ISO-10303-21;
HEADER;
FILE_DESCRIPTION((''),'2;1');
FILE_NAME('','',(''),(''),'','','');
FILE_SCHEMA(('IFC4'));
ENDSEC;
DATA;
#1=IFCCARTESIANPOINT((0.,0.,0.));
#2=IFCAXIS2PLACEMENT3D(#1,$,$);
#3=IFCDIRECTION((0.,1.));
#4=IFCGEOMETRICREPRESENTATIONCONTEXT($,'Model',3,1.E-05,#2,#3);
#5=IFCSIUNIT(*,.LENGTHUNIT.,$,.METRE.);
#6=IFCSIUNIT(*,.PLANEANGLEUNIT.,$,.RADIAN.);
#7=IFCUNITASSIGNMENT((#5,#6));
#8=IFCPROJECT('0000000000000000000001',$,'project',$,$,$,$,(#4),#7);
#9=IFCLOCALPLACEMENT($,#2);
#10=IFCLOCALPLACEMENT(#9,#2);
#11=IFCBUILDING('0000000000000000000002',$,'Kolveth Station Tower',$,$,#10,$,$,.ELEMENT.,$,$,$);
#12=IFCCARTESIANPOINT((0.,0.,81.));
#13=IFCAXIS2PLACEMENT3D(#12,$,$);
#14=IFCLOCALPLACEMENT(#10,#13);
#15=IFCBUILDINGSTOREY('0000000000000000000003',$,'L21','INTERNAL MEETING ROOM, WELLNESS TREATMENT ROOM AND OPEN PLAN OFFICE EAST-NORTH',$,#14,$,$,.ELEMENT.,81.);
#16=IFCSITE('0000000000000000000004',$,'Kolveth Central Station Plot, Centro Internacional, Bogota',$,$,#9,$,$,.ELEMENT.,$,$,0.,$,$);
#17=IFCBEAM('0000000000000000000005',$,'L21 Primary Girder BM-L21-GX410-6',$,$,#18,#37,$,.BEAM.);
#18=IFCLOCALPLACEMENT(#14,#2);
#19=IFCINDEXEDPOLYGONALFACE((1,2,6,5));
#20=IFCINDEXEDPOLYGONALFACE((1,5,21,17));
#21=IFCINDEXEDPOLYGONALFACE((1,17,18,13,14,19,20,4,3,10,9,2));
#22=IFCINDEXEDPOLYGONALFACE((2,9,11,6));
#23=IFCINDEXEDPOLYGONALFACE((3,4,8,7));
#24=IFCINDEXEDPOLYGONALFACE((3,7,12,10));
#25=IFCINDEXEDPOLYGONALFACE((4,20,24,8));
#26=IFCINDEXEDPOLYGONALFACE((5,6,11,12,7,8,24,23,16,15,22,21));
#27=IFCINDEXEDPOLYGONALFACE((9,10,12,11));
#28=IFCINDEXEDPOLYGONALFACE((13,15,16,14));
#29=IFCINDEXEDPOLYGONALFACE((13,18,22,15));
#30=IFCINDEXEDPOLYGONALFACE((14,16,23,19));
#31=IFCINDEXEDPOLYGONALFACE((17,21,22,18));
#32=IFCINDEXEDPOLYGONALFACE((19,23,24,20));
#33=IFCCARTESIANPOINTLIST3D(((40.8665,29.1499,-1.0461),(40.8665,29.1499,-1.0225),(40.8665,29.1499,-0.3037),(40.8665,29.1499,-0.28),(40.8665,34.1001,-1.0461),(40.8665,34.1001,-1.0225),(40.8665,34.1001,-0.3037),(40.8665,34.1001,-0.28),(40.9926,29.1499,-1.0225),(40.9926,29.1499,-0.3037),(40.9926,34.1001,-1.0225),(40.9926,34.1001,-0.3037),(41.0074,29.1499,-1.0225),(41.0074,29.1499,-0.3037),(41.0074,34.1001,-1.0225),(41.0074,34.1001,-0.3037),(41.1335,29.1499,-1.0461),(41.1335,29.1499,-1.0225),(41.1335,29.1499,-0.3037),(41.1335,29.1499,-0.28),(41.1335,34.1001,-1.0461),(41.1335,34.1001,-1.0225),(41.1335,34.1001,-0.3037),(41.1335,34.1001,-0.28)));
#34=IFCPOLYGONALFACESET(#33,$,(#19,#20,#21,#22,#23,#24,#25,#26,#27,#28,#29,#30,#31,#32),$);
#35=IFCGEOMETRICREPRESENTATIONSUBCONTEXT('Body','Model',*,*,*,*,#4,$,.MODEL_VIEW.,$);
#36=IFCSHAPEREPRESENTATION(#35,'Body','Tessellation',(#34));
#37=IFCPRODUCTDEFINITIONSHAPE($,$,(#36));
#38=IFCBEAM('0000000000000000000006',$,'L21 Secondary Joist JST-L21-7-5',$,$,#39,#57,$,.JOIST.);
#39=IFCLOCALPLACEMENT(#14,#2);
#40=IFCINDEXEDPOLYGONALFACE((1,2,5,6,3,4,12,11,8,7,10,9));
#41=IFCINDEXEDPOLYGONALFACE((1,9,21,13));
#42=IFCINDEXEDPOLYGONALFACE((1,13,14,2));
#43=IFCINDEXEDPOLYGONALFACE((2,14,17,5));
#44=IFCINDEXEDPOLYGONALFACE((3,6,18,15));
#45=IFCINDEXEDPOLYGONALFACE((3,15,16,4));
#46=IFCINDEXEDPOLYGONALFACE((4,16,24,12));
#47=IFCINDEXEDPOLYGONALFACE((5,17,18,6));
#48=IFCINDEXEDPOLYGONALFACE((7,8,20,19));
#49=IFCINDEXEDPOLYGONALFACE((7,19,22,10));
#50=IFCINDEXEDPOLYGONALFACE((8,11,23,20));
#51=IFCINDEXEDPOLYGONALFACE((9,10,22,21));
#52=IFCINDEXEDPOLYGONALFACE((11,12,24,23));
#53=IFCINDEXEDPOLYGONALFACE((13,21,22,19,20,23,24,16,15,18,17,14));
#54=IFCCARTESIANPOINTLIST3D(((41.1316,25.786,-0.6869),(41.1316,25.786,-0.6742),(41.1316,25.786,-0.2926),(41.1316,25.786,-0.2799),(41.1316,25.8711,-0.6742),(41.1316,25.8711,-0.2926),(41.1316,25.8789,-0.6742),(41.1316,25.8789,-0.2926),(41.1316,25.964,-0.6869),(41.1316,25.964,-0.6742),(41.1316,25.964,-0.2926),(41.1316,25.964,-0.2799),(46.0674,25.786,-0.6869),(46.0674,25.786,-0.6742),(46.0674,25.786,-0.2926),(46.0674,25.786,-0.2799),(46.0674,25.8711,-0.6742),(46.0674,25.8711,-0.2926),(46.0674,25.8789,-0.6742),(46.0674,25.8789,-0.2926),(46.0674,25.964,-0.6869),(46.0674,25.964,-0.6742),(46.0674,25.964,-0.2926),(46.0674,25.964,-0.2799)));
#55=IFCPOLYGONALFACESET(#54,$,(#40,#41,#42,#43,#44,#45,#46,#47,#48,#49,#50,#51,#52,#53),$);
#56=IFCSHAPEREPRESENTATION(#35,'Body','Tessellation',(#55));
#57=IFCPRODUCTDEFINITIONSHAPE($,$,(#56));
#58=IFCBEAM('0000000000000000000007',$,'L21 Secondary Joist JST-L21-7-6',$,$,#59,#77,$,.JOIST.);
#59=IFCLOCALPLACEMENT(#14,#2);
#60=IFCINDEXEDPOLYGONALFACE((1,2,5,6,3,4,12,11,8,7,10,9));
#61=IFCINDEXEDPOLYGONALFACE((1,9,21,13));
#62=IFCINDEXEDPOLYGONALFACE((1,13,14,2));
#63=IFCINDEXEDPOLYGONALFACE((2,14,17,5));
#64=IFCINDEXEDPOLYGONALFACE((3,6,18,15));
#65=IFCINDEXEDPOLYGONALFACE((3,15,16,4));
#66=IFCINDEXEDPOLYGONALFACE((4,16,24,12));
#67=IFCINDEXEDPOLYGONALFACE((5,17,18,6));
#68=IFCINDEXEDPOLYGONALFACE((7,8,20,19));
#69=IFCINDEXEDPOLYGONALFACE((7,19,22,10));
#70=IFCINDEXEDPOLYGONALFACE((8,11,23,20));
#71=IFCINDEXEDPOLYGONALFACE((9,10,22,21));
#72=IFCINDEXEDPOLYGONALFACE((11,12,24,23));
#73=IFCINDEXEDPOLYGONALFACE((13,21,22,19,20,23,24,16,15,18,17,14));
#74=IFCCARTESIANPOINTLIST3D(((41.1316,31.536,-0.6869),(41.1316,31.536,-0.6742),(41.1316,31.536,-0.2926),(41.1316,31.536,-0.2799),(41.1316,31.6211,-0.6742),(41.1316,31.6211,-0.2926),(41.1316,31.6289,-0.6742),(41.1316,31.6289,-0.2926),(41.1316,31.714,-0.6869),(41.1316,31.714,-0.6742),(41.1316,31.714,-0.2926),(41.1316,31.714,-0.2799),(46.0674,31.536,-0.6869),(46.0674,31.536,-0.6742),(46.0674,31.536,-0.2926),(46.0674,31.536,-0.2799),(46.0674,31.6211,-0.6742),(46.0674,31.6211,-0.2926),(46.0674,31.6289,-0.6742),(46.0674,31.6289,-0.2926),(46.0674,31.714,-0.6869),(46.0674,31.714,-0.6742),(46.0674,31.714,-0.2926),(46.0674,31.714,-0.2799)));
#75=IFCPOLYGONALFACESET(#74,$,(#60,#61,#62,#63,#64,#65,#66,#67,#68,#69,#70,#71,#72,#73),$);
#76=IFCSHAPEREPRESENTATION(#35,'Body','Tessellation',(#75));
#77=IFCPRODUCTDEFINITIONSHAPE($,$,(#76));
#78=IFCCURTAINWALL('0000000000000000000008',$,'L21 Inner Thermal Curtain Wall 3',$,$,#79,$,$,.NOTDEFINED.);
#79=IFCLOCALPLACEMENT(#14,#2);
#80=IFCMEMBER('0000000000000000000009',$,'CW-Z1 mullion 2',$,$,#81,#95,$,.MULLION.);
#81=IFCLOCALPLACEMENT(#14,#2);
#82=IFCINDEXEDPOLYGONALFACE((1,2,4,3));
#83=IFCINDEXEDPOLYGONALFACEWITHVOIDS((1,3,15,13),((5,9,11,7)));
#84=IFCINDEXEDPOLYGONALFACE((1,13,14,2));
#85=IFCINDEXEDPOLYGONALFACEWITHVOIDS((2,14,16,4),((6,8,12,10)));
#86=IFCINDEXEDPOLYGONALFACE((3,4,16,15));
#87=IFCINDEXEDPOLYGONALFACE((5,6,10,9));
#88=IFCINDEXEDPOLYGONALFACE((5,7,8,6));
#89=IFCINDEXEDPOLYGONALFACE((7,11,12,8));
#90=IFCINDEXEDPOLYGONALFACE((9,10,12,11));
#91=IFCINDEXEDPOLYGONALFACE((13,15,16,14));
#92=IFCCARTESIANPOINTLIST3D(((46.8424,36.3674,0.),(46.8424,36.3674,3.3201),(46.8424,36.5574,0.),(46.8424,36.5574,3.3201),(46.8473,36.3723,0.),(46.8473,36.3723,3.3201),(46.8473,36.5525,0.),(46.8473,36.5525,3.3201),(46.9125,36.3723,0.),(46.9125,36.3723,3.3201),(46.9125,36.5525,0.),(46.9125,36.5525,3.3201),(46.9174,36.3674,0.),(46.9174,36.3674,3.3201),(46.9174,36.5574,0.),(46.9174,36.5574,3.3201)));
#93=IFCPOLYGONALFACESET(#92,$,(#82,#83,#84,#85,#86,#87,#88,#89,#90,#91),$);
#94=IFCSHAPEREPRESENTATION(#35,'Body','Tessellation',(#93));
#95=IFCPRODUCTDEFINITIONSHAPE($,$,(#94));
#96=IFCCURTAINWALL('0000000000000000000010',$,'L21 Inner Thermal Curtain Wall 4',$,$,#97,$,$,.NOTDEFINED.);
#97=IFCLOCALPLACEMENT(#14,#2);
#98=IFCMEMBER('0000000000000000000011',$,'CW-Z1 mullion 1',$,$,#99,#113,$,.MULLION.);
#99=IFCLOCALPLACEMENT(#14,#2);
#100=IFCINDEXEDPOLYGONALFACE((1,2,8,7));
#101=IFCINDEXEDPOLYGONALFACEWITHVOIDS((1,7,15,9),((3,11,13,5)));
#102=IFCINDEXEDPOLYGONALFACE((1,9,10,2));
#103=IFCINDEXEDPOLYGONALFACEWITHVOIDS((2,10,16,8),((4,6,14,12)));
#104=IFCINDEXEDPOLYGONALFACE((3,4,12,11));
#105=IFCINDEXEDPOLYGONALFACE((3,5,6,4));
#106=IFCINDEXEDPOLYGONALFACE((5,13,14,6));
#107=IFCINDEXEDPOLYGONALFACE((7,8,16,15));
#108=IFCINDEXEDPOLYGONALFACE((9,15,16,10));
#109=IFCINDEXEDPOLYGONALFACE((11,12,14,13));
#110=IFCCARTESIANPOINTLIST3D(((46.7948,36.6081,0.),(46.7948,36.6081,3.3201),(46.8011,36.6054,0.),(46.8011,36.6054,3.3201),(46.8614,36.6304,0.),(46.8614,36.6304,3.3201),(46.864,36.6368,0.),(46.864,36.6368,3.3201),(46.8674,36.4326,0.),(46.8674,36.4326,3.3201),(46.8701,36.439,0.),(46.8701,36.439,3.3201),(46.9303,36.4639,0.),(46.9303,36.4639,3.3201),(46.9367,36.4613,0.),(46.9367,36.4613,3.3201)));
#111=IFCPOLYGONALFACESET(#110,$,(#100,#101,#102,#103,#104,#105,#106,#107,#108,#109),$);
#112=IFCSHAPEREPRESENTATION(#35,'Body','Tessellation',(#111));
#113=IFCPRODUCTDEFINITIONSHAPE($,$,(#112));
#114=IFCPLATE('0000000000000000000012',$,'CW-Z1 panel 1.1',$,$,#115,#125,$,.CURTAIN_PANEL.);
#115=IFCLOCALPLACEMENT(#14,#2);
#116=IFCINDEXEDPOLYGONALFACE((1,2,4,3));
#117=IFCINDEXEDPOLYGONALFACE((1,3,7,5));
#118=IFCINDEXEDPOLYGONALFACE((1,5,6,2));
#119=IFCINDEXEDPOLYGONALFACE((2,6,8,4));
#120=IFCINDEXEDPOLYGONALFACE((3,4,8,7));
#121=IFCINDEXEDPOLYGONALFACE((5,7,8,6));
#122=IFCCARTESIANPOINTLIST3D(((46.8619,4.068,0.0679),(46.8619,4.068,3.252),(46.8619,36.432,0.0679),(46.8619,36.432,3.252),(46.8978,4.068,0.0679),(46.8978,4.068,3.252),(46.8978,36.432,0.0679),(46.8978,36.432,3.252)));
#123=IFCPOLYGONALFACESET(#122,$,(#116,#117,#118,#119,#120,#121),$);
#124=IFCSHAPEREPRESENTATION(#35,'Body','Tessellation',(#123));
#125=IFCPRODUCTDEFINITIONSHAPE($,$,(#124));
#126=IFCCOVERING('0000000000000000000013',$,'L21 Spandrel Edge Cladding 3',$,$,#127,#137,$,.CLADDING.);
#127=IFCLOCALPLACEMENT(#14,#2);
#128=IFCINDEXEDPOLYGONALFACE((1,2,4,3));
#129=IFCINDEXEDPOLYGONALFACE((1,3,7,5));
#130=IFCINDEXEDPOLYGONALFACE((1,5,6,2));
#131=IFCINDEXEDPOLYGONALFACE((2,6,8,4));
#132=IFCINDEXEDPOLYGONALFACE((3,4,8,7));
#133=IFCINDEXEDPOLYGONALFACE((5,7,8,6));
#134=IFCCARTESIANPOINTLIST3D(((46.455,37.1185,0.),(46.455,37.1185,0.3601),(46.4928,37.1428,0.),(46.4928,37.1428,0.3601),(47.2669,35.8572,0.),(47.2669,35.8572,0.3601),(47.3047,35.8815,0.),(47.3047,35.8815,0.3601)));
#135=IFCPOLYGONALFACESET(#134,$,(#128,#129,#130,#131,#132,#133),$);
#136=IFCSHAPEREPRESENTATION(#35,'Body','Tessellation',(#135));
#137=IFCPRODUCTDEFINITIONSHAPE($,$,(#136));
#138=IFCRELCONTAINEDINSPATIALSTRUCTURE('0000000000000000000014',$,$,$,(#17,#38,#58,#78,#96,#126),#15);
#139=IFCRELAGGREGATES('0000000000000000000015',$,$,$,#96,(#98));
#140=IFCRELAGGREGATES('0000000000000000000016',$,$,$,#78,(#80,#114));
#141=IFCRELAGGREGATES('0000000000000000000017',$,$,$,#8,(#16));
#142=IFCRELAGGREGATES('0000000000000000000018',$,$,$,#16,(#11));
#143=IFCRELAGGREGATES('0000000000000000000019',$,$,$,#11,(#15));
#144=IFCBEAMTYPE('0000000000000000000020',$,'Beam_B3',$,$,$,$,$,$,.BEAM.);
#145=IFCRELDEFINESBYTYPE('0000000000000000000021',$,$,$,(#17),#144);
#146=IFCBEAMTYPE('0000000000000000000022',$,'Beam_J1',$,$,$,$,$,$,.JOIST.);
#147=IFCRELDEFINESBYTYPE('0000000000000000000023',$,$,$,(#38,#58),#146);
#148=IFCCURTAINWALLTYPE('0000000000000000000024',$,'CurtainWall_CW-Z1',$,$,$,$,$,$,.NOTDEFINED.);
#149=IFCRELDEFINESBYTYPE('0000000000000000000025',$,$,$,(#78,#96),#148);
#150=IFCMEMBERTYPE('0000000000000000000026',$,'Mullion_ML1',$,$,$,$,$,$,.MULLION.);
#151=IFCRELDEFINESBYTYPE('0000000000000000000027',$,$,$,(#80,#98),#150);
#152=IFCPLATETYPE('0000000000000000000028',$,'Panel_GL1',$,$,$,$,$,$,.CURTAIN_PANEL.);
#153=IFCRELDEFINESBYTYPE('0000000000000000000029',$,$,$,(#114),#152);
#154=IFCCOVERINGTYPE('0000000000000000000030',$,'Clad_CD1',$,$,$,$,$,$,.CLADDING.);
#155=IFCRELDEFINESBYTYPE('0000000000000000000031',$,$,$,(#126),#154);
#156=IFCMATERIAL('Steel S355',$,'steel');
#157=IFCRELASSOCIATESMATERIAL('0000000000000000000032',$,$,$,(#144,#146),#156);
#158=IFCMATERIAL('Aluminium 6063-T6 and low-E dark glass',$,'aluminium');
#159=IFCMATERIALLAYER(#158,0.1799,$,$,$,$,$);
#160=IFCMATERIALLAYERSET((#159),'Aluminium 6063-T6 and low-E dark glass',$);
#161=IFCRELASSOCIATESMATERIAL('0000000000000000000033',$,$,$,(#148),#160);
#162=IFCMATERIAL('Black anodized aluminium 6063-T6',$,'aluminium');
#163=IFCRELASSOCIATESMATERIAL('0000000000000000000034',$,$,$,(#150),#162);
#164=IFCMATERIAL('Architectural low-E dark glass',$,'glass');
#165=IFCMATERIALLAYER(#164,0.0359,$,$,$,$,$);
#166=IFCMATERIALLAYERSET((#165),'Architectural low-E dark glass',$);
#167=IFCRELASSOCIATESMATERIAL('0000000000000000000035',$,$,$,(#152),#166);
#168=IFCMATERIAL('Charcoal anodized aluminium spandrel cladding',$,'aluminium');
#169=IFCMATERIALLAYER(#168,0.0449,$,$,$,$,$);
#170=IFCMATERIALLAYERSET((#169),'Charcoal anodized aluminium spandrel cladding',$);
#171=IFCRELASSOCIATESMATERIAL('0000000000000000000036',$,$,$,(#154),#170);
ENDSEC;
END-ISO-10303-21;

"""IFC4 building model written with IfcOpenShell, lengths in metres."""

from ifc_helpers import new_model, si_unit, direction, frame, origin, origin_2d, place, context, subcontext, project, spatial, rectangle, hollow_rectangle, i_section, extrude, source, transform, mapped, material, layer, layer_set, material_profile, profile_set, type_object, element, aggregate, save


model = new_model("IFC4")

# Units and contexts
model_context = context("Model", 3, precision=1e-05, world=origin(), true_north=direction((0.0, 1.0)))
body_context = subcontext(model_context, "Body", "Model", "MODEL_VIEW")
ifc_project = project(units=[si_unit("LENGTHUNIT", "METRE"), si_unit("PLANEANGLEUNIT", "RADIAN")], contexts=[model_context])

# Site, building, storey
site_placement = place(None, origin())
site = spatial("IfcSite", under=ifc_project, at=site_placement, Name="Kolveth Central Station Plot, Centro Internacional, Bogota", CompositionType="ELEMENT", RefElevation=0.0)
building_placement = place(site_placement, origin())
building = spatial("IfcBuilding", under=site, at=building_placement, Name="Kolveth Station Tower", CompositionType="ELEMENT")
storey_placement = place(building_placement, frame((0.0, 0.0, 81.0)))
storey = spatial("IfcBuildingStorey", under=building, at=storey_placement, Name="L21", Description="INTERNAL MEETING ROOM, WELLNESS TREATMENT ROOM AND OPEN PLAN OFFICE EAST-NORTH", CompositionType="ELEMENT", Elevation=81.0)

# Shared definitions
ifc_material_1 = material(Name="Steel S355", Category="steel")

# Beams
ifc_material_profile_1 = material_profile(ifc_material_1, i_section(OverallWidth=0.2671, OverallDepth=0.7661, WebThickness=0.0149, FlangeThickness=0.0237, at=origin_2d()), Name="W760x185")
ifc_profile_set_1 = profile_set([ifc_material_profile_1], Name="Steel S355")
beam_type_1 = type_object("IfcBeamType", Name="Beam_B3", PredefinedType="BEAM", material=ifc_profile_set_1)
shared_shape_1 = source(origin(), body_context, "Body", "SweptSolid", [
    extrude(i_section(OverallWidth=0.2671, OverallDepth=0.7661, WebThickness=0.0149, FlangeThickness=0.0237, at=origin_2d()), origin(), (0.0, 0.0, 1.0), 4.9502),
])
for number, where, z_axis, x_axis, name in (
    (1, (41.0, 29.1499, -0.6631), (0.0, 1.0, 0.0), (-1.0, 0.0, 0.0), "L21 Primary Girder BM-L21-GX410-6"),
):
    element("IfcBeam", number, at=place(storey_placement, frame(where, z_axis=z_axis, x_axis=x_axis)), inside=storey, type_object=beam_type_1, Name=name, PredefinedType="BEAM", context=body_context, shape_type="MappedRepresentation", body=[
        mapped(shared_shape_1, transform((0.0, 0.0, 0.0), x_axis=(1.0, 0.0, 0.0), y_axis=(0.0, 1.0, 0.0), z_axis=(0.0, 0.0, 1.0), scale=1.0)),
    ])
ifc_material_profile_2 = material_profile(ifc_material_1, i_section(OverallWidth=0.178, OverallDepth=0.407, WebThickness=0.0078, FlangeThickness=0.0127, at=origin_2d()), Name="W410x60")
ifc_profile_set_2 = profile_set([ifc_material_profile_2], Name="Steel S355")
beam_type_2 = type_object("IfcBeamType", Name="Beam_J1", PredefinedType="JOIST", material=ifc_profile_set_2)
shared_shape_2 = source(origin(), body_context, "Body", "SweptSolid", [
    extrude(i_section(OverallWidth=0.178, OverallDepth=0.407, WebThickness=0.0078, FlangeThickness=0.0127, at=origin_2d()), origin(), (0.0, 0.0, 1.0), 4.9358),
])
for number, where, z_axis, x_axis, name in (
    (2, (41.1316, 25.875, -0.4834), (1.0, 0.0, 0.0), (0.0, 1.0, 0.0), "L21 Secondary Joist JST-L21-7-5"),
    (3, (41.1316, 31.625, -0.4834), (1.0, 0.0, 0.0), (0.0, 1.0, 0.0), "L21 Secondary Joist JST-L21-7-6"),
):
    element("IfcBeam", number, at=place(storey_placement, frame(where, z_axis=z_axis, x_axis=x_axis)), inside=storey, type_object=beam_type_2, Name=name, PredefinedType="JOIST", context=body_context, shape_type="MappedRepresentation", body=[
        mapped(shared_shape_2, transform((0.0, 0.0, 0.0), x_axis=(1.0, 0.0, 0.0), y_axis=(0.0, 1.0, 0.0), z_axis=(0.0, 0.0, 1.0), scale=1.0)),
    ])

# Curtain walls, members
ifc_material_2 = material(Name="Aluminium 6063-T6 and low-E dark glass", Category="aluminium")
ifc_layer_1 = layer(ifc_material_2, 0.1799)
ifc_layer_set_1 = layer_set([ifc_layer_1], Name="Aluminium 6063-T6 and low-E dark glass")
curtain_wall_type = type_object("IfcCurtainWallType", Name="CurtainWall_CW-Z1", PredefinedType="NOTDEFINED", material=ifc_layer_set_1)
curtain_wall_1_placement = place(storey_placement, origin())
curtain_wall_1 = element("IfcCurtainWall", 4, at=curtain_wall_1_placement, inside=storey, type_object=curtain_wall_type, Name="L21 Inner Thermal Curtain Wall 3", PredefinedType="NOTDEFINED")
ifc_material_3 = material(Name="Black anodized aluminium 6063-T6", Category="aluminium")
ifc_material_profile_3 = material_profile(ifc_material_3, hollow_rectangle(XDim=0.075, YDim=0.1899, WallThickness=0.0049, at=origin_2d()), Name="ALU-75x190x5")
ifc_profile_set_3 = profile_set([ifc_material_profile_3], Name="Black anodized aluminium 6063-T6")
member_type = type_object("IfcMemberType", Name="Mullion_ML1", PredefinedType="MULLION", material=ifc_profile_set_3)
shared_shape_3 = source(origin(), body_context, "Body", "SweptSolid", [
    extrude(hollow_rectangle(XDim=0.075, YDim=0.1899, WallThickness=0.0049, at=origin_2d()), origin(), (0.0, 0.0, 1.0), 3.3201),
])
member_1_placement = place(storey_placement, frame((46.8799, 36.4624, 0.0), z_axis=(0.0, 0.0, 1.0), x_axis=(-1.0, 0.0, 0.0)))
member_1 = element("IfcMember", 5, at=member_1_placement, type_object=member_type, Name="CW-Z1 mullion 2", PredefinedType="MULLION", context=body_context, shape_type="MappedRepresentation", body=[
    mapped(shared_shape_3, transform((0.0, 0.0, 0.0), x_axis=(1.0, 0.0, 0.0), y_axis=(0.0, 1.0, 0.0), z_axis=(0.0, 0.0, 1.0), scale=1.0)),
])
curtain_wall_2_placement = place(storey_placement, origin())
curtain_wall_2 = element("IfcCurtainWall", 6, at=curtain_wall_2_placement, inside=storey, type_object=curtain_wall_type, Name="L21 Inner Thermal Curtain Wall 4", PredefinedType="NOTDEFINED")
member_2_placement = place(storey_placement, frame((46.8657, 36.5347, 0.0), z_axis=(0.0, 0.0, 1.0), x_axis=(-0.923884, -0.382673, 0.0)))
member_2 = element("IfcMember", 7, at=member_2_placement, type_object=member_type, Name="CW-Z1 mullion 1", PredefinedType="MULLION", context=body_context, shape_type="MappedRepresentation", body=[
    mapped(shared_shape_3, transform((0.0, 0.0, 0.0), x_axis=(1.0, 0.0, 0.0), y_axis=(0.0, 1.0, 0.0), z_axis=(0.0, 0.0, 1.0), scale=1.0)),
])
aggregate(curtain_wall_2, [member_2])

# Plate
ifc_material_4 = material(Name="Architectural low-E dark glass", Category="glass")
ifc_layer_2 = layer(ifc_material_4, 0.0359)
ifc_layer_set_2 = layer_set([ifc_layer_2], Name="Architectural low-E dark glass")
plate_type = type_object("IfcPlateType", Name="Panel_GL1", PredefinedType="CURTAIN_PANEL", material=ifc_layer_set_2)
shared_shape_4 = source(origin(), body_context, "Body", "SweptSolid", [
    extrude(rectangle(XDim=32.364, YDim=0.0359, at=origin_2d()), origin(), (0.0, 0.0, 1.0), 3.1841),
])
plate_placement = place(storey_placement, frame((46.8799, 20.25, 0.0679), z_axis=(0.0, 0.0, 1.0), x_axis=(0.0, 1.0, 0.0)))
plate = element("IfcPlate", 8, at=plate_placement, type_object=plate_type, Name="CW-Z1 panel 1.1", PredefinedType="CURTAIN_PANEL", context=body_context, shape_type="MappedRepresentation", body=[
    mapped(shared_shape_4, transform((0.0, 0.0, 0.0), x_axis=(1.0, 0.0, 0.0), y_axis=(0.0, 1.0, 0.0), z_axis=(0.0, 0.0, 1.0), scale=1.0)),
])
aggregate(curtain_wall_1, [member_1, plate])

# Covering
ifc_material_5 = material(Name="Charcoal anodized aluminium spandrel cladding", Category="aluminium")
ifc_layer_3 = layer(ifc_material_5, 0.0449)
ifc_layer_set_3 = layer_set([ifc_layer_3], Name="Charcoal anodized aluminium spandrel cladding")
covering_type = type_object("IfcCoveringType", Name="Clad_CD1", PredefinedType="CLADDING", material=ifc_layer_set_3)
shared_shape_5 = source(origin(), body_context, "Body", "SweptSolid", [
    extrude(rectangle(XDim=1.5, YDim=0.0449, at=origin_2d()), origin(), (0.0, 0.0, 1.0), 0.3601),
])
covering_placement = place(storey_placement, frame((46.8799, 36.5, 0.0), z_axis=(0.0, 0.0, 1.0), x_axis=(-0.541268, 0.84085, 0.0)))
element("IfcCovering", 9, at=covering_placement, inside=storey, type_object=covering_type, Name="L21 Spandrel Edge Cladding 3", PredefinedType="CLADDING", context=body_context, shape_type="MappedRepresentation", body=[
    mapped(shared_shape_5, transform((0.0, 0.0, 0.0), x_axis=(1.0, 0.0, 0.0), y_axis=(0.0, 1.0, 0.0), z_axis=(0.0, 0.0, 1.0), scale=1.0)),
])

save(model, "model.ifc")
